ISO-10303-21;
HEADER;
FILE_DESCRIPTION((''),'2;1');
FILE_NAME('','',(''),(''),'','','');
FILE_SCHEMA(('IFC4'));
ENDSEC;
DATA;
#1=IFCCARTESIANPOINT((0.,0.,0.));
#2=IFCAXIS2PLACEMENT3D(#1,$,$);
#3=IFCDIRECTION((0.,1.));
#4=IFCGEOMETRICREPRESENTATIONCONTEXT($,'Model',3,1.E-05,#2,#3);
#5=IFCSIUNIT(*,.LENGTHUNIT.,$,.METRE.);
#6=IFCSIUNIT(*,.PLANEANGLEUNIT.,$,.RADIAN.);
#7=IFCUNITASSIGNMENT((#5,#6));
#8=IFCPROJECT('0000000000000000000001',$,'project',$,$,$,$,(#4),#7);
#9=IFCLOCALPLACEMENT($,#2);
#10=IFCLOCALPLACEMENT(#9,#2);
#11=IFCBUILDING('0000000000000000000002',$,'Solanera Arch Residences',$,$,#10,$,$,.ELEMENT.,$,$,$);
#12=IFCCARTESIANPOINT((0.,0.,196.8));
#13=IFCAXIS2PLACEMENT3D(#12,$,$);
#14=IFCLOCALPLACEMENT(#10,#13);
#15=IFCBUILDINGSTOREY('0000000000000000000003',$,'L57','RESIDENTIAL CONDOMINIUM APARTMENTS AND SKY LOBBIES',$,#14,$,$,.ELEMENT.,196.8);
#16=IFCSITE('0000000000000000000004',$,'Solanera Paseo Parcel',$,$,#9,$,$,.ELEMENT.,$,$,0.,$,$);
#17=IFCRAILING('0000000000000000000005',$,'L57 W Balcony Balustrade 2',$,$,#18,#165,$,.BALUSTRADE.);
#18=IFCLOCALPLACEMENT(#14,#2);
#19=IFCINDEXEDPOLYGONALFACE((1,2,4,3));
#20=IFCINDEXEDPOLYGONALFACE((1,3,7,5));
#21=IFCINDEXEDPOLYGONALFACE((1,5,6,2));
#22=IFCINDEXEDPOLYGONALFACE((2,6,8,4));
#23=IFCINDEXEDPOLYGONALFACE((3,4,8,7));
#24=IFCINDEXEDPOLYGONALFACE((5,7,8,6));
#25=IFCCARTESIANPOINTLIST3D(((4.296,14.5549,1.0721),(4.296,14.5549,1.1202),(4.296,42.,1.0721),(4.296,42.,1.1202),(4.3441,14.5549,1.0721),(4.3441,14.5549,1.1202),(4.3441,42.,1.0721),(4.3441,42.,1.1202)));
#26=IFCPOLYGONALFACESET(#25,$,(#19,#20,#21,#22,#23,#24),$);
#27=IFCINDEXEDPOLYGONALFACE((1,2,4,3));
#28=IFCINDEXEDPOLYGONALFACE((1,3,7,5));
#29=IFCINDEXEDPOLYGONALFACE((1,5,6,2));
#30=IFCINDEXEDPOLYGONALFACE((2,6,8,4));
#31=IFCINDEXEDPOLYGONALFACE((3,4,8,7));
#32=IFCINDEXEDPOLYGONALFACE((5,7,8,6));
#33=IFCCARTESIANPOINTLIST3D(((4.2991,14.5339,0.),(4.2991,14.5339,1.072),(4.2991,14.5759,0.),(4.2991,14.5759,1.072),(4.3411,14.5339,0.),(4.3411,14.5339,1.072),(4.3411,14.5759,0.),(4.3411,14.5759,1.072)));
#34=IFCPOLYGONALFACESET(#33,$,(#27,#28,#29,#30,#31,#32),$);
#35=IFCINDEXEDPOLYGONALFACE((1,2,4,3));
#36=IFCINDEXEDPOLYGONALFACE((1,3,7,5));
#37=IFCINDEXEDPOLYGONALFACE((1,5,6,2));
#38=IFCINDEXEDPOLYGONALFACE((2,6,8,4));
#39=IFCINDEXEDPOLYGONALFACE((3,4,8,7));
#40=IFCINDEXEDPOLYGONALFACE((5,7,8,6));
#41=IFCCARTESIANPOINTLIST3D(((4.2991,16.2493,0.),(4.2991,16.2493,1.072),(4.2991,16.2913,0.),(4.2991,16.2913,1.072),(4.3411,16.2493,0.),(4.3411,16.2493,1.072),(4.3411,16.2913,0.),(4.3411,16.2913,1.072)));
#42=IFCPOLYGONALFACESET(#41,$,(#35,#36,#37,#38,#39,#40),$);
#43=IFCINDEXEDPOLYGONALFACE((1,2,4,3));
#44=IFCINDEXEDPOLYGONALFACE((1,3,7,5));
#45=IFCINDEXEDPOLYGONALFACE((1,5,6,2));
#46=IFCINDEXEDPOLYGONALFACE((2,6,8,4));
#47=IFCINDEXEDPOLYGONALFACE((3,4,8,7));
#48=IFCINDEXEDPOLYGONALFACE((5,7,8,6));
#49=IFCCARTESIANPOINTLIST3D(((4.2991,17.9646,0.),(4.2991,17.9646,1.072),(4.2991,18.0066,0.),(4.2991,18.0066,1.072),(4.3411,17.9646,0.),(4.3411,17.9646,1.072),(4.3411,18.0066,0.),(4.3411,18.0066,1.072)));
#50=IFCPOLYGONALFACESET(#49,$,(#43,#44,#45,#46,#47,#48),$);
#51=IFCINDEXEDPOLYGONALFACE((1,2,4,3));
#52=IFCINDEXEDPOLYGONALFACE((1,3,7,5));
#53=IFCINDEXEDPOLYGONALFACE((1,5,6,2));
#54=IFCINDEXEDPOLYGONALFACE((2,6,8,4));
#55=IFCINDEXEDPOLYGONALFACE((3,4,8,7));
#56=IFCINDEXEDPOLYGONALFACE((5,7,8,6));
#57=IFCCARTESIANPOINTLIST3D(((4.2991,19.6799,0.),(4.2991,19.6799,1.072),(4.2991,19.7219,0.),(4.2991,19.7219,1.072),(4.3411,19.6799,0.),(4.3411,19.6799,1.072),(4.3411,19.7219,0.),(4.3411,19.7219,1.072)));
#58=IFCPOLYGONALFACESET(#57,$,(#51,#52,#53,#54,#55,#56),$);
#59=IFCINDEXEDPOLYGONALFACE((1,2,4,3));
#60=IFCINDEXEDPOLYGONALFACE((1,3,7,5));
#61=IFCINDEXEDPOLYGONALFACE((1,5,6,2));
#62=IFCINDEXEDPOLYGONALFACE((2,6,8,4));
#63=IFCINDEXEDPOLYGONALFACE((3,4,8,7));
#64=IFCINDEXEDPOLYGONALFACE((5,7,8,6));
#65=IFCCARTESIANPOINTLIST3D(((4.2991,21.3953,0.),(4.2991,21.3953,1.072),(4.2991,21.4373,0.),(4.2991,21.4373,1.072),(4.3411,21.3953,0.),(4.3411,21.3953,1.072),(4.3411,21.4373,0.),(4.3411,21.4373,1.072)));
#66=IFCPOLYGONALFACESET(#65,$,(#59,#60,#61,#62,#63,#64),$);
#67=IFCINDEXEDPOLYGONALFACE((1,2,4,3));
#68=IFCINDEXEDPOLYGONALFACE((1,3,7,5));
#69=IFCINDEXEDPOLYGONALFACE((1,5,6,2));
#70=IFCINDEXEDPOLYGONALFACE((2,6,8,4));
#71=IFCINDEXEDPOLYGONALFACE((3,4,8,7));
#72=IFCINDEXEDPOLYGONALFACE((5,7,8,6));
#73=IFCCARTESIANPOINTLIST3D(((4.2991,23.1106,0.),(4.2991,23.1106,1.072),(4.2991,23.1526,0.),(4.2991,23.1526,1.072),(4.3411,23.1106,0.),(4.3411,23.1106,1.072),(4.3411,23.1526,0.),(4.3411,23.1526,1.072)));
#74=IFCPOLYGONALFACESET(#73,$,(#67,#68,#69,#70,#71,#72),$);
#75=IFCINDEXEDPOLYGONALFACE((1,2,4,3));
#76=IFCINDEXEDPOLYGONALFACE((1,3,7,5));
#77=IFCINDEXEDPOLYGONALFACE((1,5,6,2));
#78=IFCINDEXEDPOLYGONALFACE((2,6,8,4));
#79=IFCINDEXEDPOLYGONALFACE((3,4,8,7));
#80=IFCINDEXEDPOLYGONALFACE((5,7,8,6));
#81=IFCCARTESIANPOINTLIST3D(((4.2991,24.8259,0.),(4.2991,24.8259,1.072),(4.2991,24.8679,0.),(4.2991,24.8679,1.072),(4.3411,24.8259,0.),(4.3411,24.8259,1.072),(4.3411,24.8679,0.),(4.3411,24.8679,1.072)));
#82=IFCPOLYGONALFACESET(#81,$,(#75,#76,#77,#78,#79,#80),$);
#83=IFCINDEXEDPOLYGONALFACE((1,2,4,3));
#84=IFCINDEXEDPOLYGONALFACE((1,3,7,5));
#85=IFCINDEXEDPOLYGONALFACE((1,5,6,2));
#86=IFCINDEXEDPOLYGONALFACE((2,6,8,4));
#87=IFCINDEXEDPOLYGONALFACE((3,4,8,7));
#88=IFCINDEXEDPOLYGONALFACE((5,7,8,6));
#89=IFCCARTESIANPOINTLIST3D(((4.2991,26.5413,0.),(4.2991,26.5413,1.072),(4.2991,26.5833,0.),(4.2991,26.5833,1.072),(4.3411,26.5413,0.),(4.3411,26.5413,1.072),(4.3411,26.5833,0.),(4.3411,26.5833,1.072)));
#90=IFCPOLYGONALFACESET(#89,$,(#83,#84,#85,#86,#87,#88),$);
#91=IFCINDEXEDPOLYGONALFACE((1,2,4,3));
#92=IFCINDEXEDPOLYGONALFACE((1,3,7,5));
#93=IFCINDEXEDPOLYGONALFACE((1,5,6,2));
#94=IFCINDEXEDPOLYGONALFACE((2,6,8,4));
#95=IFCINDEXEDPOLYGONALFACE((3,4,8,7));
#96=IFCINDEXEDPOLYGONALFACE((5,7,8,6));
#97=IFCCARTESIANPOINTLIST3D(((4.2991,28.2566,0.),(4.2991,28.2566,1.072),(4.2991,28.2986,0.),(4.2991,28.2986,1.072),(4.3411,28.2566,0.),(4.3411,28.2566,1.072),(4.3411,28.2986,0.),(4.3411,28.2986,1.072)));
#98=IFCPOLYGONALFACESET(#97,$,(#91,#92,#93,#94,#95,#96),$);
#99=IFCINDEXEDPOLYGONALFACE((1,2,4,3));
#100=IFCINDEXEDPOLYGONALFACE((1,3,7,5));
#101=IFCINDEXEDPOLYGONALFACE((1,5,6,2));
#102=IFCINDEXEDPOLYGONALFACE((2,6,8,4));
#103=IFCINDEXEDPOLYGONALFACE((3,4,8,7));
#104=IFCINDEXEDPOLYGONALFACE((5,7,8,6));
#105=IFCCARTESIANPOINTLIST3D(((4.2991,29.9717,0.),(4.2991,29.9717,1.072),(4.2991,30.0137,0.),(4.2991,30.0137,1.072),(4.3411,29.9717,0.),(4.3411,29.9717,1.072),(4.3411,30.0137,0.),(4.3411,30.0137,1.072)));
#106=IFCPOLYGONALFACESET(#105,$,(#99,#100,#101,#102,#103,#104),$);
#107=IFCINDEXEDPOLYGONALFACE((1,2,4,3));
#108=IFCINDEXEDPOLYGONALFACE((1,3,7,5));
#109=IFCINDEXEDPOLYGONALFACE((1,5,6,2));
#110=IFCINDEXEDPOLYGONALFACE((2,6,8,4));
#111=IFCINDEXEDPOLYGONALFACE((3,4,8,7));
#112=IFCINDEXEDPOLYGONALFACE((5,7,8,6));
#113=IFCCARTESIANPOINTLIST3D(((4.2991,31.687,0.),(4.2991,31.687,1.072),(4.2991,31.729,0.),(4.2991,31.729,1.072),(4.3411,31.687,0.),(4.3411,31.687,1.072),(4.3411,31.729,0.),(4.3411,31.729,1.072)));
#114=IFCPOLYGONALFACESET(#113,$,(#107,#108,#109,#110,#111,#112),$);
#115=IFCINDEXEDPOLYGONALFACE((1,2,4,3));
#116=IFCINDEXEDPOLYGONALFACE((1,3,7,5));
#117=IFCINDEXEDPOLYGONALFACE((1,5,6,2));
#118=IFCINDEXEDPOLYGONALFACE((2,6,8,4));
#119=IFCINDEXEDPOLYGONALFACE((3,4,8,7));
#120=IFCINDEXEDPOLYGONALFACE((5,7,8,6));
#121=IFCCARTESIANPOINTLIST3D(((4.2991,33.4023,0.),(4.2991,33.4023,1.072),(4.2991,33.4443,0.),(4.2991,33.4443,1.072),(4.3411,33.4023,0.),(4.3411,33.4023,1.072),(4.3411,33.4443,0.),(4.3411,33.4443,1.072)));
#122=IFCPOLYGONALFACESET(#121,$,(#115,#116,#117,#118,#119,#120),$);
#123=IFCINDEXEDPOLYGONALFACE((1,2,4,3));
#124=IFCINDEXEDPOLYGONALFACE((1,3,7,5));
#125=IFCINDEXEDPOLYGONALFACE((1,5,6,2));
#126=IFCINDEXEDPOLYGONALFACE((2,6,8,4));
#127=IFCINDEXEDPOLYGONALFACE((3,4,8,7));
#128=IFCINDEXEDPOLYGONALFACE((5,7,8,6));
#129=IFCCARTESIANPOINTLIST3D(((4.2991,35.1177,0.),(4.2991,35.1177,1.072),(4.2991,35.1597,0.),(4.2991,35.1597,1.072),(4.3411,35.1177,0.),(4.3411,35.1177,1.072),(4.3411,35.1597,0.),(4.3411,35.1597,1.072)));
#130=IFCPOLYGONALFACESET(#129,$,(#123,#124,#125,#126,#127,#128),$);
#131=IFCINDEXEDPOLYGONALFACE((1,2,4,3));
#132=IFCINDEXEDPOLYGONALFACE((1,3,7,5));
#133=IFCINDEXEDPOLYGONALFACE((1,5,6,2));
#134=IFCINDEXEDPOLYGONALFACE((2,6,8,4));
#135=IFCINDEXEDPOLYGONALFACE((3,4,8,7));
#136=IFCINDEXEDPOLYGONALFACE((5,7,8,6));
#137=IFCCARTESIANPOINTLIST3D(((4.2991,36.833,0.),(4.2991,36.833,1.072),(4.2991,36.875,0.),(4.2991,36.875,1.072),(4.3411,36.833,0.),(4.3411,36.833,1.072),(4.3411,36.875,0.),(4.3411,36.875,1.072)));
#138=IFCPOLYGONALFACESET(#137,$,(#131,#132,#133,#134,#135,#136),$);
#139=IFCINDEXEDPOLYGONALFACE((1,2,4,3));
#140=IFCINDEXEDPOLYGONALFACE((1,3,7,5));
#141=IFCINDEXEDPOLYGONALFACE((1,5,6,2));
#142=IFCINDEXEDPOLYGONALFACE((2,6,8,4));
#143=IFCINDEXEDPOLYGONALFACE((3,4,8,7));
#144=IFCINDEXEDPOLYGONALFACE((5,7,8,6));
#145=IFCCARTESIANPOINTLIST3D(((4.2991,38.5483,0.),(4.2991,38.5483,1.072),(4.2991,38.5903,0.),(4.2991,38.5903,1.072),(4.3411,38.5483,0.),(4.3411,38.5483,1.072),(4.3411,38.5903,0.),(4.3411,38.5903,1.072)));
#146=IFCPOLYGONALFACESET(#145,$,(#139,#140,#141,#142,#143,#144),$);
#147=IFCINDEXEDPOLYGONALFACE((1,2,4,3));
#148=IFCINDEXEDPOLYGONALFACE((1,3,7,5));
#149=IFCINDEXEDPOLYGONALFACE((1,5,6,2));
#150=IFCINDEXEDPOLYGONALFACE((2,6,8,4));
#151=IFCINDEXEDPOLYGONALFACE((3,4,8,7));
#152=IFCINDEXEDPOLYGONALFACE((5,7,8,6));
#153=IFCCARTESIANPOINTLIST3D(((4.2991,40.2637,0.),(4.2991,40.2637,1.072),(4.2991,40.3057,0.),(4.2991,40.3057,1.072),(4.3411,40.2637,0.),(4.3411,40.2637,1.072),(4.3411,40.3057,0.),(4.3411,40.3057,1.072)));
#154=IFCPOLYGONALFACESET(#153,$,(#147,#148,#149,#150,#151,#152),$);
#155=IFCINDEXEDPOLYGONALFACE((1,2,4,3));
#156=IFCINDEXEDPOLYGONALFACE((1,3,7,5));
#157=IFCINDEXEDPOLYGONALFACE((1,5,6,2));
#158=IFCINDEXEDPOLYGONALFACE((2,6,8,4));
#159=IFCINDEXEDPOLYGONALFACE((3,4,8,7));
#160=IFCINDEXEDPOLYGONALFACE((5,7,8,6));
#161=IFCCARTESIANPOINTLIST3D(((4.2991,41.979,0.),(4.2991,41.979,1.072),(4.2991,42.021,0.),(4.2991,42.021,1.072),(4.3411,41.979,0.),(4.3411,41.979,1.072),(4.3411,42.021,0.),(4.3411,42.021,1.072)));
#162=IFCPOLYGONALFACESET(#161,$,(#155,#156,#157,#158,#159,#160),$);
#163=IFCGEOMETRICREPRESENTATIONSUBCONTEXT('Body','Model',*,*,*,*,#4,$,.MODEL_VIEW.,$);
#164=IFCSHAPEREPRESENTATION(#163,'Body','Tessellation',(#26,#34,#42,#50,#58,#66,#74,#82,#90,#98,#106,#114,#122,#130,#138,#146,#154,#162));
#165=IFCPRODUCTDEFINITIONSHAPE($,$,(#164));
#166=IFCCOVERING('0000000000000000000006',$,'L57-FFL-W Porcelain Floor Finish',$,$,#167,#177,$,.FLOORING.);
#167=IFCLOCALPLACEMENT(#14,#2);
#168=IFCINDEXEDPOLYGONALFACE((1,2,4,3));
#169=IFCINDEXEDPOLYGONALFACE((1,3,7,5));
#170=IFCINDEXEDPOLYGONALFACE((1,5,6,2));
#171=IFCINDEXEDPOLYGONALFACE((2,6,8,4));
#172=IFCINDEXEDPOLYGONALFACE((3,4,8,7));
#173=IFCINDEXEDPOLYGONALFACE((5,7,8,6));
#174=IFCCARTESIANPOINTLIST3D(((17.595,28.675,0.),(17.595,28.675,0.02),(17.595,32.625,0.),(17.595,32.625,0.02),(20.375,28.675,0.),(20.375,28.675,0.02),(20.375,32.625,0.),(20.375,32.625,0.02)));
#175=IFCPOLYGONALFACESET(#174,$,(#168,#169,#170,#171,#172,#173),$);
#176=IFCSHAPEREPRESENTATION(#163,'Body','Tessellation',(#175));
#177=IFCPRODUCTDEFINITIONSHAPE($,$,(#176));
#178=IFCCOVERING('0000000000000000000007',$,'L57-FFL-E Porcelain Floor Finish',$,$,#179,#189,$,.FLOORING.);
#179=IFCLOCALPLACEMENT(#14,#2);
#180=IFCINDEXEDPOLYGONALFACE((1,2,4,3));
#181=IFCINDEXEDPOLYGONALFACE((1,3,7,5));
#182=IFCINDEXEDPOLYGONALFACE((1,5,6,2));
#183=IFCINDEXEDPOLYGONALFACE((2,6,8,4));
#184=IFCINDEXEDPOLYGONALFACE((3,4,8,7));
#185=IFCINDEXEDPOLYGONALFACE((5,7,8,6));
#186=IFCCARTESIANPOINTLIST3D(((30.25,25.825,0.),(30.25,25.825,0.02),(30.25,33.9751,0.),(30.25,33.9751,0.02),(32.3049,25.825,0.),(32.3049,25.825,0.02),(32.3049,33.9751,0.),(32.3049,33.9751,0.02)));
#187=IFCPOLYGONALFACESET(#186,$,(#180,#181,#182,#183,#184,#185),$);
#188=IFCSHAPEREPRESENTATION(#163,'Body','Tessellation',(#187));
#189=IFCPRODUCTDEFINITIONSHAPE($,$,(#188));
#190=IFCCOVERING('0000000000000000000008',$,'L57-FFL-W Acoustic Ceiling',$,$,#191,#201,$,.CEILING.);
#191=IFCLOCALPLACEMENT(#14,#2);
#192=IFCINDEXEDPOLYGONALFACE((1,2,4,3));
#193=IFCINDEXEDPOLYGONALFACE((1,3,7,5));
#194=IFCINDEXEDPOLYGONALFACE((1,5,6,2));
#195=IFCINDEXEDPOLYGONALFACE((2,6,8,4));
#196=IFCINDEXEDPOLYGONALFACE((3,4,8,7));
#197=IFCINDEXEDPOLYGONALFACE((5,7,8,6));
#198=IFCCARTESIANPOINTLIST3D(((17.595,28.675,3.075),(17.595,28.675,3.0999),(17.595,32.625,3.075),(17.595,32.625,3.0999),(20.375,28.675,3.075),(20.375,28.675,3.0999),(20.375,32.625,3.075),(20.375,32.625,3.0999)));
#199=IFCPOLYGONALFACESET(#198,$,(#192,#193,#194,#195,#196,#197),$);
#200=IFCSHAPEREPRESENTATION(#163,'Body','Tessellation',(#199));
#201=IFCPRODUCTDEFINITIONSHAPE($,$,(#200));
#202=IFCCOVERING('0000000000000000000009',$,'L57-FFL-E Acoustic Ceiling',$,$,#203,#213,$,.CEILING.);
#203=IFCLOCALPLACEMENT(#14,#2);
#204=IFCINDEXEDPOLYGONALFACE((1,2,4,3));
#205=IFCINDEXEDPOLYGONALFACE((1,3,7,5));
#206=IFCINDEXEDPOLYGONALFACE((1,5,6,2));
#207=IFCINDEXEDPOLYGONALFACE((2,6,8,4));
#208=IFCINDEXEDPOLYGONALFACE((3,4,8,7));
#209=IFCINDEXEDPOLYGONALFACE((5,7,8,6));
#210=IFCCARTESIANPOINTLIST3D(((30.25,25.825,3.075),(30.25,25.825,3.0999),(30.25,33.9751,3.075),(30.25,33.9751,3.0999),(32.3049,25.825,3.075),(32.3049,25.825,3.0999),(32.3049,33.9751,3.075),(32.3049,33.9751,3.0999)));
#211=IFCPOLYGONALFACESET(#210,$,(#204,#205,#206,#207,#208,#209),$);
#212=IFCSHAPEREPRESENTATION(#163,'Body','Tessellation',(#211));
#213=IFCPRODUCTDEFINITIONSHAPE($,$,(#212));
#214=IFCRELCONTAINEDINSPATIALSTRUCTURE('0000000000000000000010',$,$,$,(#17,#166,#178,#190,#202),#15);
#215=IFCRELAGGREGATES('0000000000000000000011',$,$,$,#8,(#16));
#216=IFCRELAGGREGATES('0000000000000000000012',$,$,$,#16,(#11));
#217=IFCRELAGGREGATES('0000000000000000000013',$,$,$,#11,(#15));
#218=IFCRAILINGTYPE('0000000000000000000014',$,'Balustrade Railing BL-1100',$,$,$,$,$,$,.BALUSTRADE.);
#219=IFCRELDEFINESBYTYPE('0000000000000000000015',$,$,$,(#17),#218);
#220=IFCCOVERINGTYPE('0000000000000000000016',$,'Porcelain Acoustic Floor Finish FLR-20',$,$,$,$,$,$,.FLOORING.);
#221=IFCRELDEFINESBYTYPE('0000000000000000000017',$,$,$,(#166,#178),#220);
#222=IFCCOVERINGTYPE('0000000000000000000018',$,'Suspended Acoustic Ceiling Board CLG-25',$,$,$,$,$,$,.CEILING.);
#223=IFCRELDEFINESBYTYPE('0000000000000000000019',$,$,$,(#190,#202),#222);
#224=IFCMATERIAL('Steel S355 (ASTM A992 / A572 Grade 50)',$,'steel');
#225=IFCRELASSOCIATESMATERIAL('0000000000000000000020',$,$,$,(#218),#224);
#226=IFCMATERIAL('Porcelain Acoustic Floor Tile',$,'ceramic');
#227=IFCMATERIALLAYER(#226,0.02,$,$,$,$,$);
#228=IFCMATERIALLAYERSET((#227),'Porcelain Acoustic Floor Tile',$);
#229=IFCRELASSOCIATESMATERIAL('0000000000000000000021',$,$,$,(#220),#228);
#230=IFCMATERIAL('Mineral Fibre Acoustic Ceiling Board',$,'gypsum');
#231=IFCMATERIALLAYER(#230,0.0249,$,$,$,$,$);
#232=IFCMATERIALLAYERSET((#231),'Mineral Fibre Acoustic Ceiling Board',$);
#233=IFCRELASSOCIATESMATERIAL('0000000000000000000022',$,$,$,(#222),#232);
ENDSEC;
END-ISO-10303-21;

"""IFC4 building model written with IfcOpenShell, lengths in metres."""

from ifc_helpers import new_model, si_unit, direction, frame, origin, origin_2d, place, context, subcontext, project, spatial, polyline, rectangle, outline, extrude, material, layer, layer_set, type_object, element, save


model = new_model("IFC4")

# Units and contexts
model_context = context("Model", 3, precision=1e-05, world=origin(), true_north=direction((0.0, 1.0)))
body_context = subcontext(model_context, "Body", "Model", "MODEL_VIEW")
ifc_project = project(units=[si_unit("LENGTHUNIT", "METRE"), si_unit("PLANEANGLEUNIT", "RADIAN")], contexts=[model_context])

# Site, building, storey
site_placement = place(None, origin())
site = spatial("IfcSite", under=ifc_project, at=site_placement, Name="Solanera Paseo Parcel", CompositionType="ELEMENT", RefElevation=0.0)
building_placement = place(site_placement, origin())
building = spatial("IfcBuilding", under=site, at=building_placement, Name="Solanera Arch Residences", CompositionType="ELEMENT")
storey_placement = place(building_placement, frame((0.0, 0.0, 196.8)))
storey = spatial("IfcBuildingStorey", under=building, at=storey_placement, Name="L57", Description="RESIDENTIAL CONDOMINIUM APARTMENTS AND SKY LOBBIES", CompositionType="ELEMENT", Elevation=196.8)

# Railing
ifc_material_1 = material(Name="Steel S355 (ASTM A992 / A572 Grade 50)", Category="steel")
railing_type = type_object("IfcRailingType", Name="Balustrade Railing BL-1100", PredefinedType="BALUSTRADE", material=ifc_material_1)
railing_placement = place(storey_placement, frame((4.3201, 14.5549, 0.0)))
element("IfcRailing", 1, at=railing_placement, inside=storey, type_object=railing_type, Name="L57 W Balcony Balustrade 2", PredefinedType="BALUSTRADE", context=body_context, shape_type="SweptSolid", body=[
    extrude(rectangle(XDim=0.0481, YDim=0.0481, at=origin_2d()), frame((0.0, 0.0, 1.0962), z_axis=(0.0, 1.0, 0.0), x_axis=(-1.0, 0.0, 0.0)), (0.0, 0.0, 1.0), 27.4451),
    extrude(rectangle(XDim=0.042, YDim=0.042, at=origin_2d()), origin(), (0.0, 0.0, 1.0), 1.072),
    extrude(rectangle(XDim=0.042, YDim=0.042, at=origin_2d()), frame((0.0, 1.7153, 0.0)), (0.0, 0.0, 1.0), 1.072),
    extrude(rectangle(XDim=0.042, YDim=0.042, at=origin_2d()), frame((0.0, 3.4307, 0.0)), (0.0, 0.0, 1.0), 1.072),
    extrude(rectangle(XDim=0.042, YDim=0.042, at=origin_2d()), frame((0.0, 5.146, 0.0)), (0.0, 0.0, 1.0), 1.072),
    extrude(rectangle(XDim=0.042, YDim=0.042, at=origin_2d()), frame((0.0, 6.8613, 0.0)), (0.0, 0.0, 1.0), 1.072),
    extrude(rectangle(XDim=0.042, YDim=0.042, at=origin_2d()), frame((0.0, 8.5767, 0.0)), (0.0, 0.0, 1.0), 1.072),
    extrude(rectangle(XDim=0.042, YDim=0.042, at=origin_2d()), frame((0.0, 10.292, 0.0)), (0.0, 0.0, 1.0), 1.072),
    extrude(rectangle(XDim=0.042, YDim=0.042, at=origin_2d()), frame((0.0, 12.0073, 0.0)), (0.0, 0.0, 1.0), 1.072),
    extrude(rectangle(XDim=0.042, YDim=0.042, at=origin_2d()), frame((0.0, 13.7227, 0.0)), (0.0, 0.0, 1.0), 1.072),
    extrude(rectangle(XDim=0.042, YDim=0.042, at=origin_2d()), frame((0.0, 15.4377, 0.0)), (0.0, 0.0, 1.0), 1.072),
    extrude(rectangle(XDim=0.042, YDim=0.042, at=origin_2d()), frame((0.0, 17.1531, 0.0)), (0.0, 0.0, 1.0), 1.072),
    extrude(rectangle(XDim=0.042, YDim=0.042, at=origin_2d()), frame((0.0, 18.8684, 0.0)), (0.0, 0.0, 1.0), 1.072),
    extrude(rectangle(XDim=0.042, YDim=0.042, at=origin_2d()), frame((0.0, 20.5837, 0.0)), (0.0, 0.0, 1.0), 1.072),
    extrude(rectangle(XDim=0.042, YDim=0.042, at=origin_2d()), frame((0.0, 22.2991, 0.0)), (0.0, 0.0, 1.0), 1.072),
    extrude(rectangle(XDim=0.042, YDim=0.042, at=origin_2d()), frame((0.0, 24.0144, 0.0)), (0.0, 0.0, 1.0), 1.072),
    extrude(rectangle(XDim=0.042, YDim=0.042, at=origin_2d()), frame((0.0, 25.7297, 0.0)), (0.0, 0.0, 1.0), 1.072),
    extrude(rectangle(XDim=0.042, YDim=0.042, at=origin_2d()), frame((0.0, 27.4451, 0.0)), (0.0, 0.0, 1.0), 1.072),
])

# Coverings
ifc_material_2 = material(Name="Porcelain Acoustic Floor Tile", Category="ceramic")
ifc_layer_1 = layer(ifc_material_2, 0.02)
ifc_layer_set_1 = layer_set([ifc_layer_1], Name="Porcelain Acoustic Floor Tile")
covering_type_1 = type_object("IfcCoveringType", Name="Porcelain Acoustic Floor Finish FLR-20", PredefinedType="FLOORING", material=ifc_layer_set_1)
covering_1_placement = place(storey_placement, origin())
element("IfcCovering", 2, at=covering_1_placement, inside=storey, type_object=covering_type_1, Name="L57-FFL-W Porcelain Floor Finish", PredefinedType="FLOORING", context=body_context, shape_type="SweptSolid", body=[
    extrude(outline(polyline([(20.375, 28.675), (17.595, 28.675), (17.595, 32.625), (20.375, 32.625), (20.375, 28.675)])), origin(), (0.0, 0.0, 1.0), 0.02),
])
covering_2_placement = place(storey_placement, origin())
element("IfcCovering", 3, at=covering_2_placement, inside=storey, type_object=covering_type_1, Name="L57-FFL-E Porcelain Floor Finish", PredefinedType="FLOORING", context=body_context, shape_type="SweptSolid", body=[
    extrude(outline(polyline([(32.3049, 25.825), (30.25, 25.825), (30.25, 33.9751), (32.3049, 33.9751), (32.3049, 25.825)])), origin(), (0.0, 0.0, 1.0), 0.02),
])
ifc_material_3 = material(Name="Mineral Fibre Acoustic Ceiling Board", Category="gypsum")
ifc_layer_2 = layer(ifc_material_3, 0.0249)
ifc_layer_set_2 = layer_set([ifc_layer_2], Name="Mineral Fibre Acoustic Ceiling Board")
covering_type_2 = type_object("IfcCoveringType", Name="Suspended Acoustic Ceiling Board CLG-25", PredefinedType="CEILING", material=ifc_layer_set_2)
covering_3_placement = place(storey_placement, frame((0.0, 0.0, 3.075)))
element("IfcCovering", 4, at=covering_3_placement, inside=storey, type_object=covering_type_2, Name="L57-FFL-W Acoustic Ceiling", PredefinedType="CEILING", context=body_context, shape_type="SweptSolid", body=[
    extrude(outline(polyline([(20.375, 28.675), (17.595, 28.675), (17.595, 32.625), (20.375, 32.625), (20.375, 28.675)])), origin(), (0.0, 0.0, 1.0), 0.0249),
])
covering_4_placement = place(storey_placement, frame((0.0, 0.0, 3.075)))
element("IfcCovering", 5, at=covering_4_placement, inside=storey, type_object=covering_type_2, Name="L57-FFL-E Acoustic Ceiling", PredefinedType="CEILING", context=body_context, shape_type="SweptSolid", body=[
    extrude(outline(polyline([(32.3049, 25.825), (30.25, 25.825), (30.25, 33.9751), (32.3049, 33.9751), (32.3049, 25.825)])), origin(), (0.0, 0.0, 1.0), 0.0249),
])

save(model, "model.ifc")
